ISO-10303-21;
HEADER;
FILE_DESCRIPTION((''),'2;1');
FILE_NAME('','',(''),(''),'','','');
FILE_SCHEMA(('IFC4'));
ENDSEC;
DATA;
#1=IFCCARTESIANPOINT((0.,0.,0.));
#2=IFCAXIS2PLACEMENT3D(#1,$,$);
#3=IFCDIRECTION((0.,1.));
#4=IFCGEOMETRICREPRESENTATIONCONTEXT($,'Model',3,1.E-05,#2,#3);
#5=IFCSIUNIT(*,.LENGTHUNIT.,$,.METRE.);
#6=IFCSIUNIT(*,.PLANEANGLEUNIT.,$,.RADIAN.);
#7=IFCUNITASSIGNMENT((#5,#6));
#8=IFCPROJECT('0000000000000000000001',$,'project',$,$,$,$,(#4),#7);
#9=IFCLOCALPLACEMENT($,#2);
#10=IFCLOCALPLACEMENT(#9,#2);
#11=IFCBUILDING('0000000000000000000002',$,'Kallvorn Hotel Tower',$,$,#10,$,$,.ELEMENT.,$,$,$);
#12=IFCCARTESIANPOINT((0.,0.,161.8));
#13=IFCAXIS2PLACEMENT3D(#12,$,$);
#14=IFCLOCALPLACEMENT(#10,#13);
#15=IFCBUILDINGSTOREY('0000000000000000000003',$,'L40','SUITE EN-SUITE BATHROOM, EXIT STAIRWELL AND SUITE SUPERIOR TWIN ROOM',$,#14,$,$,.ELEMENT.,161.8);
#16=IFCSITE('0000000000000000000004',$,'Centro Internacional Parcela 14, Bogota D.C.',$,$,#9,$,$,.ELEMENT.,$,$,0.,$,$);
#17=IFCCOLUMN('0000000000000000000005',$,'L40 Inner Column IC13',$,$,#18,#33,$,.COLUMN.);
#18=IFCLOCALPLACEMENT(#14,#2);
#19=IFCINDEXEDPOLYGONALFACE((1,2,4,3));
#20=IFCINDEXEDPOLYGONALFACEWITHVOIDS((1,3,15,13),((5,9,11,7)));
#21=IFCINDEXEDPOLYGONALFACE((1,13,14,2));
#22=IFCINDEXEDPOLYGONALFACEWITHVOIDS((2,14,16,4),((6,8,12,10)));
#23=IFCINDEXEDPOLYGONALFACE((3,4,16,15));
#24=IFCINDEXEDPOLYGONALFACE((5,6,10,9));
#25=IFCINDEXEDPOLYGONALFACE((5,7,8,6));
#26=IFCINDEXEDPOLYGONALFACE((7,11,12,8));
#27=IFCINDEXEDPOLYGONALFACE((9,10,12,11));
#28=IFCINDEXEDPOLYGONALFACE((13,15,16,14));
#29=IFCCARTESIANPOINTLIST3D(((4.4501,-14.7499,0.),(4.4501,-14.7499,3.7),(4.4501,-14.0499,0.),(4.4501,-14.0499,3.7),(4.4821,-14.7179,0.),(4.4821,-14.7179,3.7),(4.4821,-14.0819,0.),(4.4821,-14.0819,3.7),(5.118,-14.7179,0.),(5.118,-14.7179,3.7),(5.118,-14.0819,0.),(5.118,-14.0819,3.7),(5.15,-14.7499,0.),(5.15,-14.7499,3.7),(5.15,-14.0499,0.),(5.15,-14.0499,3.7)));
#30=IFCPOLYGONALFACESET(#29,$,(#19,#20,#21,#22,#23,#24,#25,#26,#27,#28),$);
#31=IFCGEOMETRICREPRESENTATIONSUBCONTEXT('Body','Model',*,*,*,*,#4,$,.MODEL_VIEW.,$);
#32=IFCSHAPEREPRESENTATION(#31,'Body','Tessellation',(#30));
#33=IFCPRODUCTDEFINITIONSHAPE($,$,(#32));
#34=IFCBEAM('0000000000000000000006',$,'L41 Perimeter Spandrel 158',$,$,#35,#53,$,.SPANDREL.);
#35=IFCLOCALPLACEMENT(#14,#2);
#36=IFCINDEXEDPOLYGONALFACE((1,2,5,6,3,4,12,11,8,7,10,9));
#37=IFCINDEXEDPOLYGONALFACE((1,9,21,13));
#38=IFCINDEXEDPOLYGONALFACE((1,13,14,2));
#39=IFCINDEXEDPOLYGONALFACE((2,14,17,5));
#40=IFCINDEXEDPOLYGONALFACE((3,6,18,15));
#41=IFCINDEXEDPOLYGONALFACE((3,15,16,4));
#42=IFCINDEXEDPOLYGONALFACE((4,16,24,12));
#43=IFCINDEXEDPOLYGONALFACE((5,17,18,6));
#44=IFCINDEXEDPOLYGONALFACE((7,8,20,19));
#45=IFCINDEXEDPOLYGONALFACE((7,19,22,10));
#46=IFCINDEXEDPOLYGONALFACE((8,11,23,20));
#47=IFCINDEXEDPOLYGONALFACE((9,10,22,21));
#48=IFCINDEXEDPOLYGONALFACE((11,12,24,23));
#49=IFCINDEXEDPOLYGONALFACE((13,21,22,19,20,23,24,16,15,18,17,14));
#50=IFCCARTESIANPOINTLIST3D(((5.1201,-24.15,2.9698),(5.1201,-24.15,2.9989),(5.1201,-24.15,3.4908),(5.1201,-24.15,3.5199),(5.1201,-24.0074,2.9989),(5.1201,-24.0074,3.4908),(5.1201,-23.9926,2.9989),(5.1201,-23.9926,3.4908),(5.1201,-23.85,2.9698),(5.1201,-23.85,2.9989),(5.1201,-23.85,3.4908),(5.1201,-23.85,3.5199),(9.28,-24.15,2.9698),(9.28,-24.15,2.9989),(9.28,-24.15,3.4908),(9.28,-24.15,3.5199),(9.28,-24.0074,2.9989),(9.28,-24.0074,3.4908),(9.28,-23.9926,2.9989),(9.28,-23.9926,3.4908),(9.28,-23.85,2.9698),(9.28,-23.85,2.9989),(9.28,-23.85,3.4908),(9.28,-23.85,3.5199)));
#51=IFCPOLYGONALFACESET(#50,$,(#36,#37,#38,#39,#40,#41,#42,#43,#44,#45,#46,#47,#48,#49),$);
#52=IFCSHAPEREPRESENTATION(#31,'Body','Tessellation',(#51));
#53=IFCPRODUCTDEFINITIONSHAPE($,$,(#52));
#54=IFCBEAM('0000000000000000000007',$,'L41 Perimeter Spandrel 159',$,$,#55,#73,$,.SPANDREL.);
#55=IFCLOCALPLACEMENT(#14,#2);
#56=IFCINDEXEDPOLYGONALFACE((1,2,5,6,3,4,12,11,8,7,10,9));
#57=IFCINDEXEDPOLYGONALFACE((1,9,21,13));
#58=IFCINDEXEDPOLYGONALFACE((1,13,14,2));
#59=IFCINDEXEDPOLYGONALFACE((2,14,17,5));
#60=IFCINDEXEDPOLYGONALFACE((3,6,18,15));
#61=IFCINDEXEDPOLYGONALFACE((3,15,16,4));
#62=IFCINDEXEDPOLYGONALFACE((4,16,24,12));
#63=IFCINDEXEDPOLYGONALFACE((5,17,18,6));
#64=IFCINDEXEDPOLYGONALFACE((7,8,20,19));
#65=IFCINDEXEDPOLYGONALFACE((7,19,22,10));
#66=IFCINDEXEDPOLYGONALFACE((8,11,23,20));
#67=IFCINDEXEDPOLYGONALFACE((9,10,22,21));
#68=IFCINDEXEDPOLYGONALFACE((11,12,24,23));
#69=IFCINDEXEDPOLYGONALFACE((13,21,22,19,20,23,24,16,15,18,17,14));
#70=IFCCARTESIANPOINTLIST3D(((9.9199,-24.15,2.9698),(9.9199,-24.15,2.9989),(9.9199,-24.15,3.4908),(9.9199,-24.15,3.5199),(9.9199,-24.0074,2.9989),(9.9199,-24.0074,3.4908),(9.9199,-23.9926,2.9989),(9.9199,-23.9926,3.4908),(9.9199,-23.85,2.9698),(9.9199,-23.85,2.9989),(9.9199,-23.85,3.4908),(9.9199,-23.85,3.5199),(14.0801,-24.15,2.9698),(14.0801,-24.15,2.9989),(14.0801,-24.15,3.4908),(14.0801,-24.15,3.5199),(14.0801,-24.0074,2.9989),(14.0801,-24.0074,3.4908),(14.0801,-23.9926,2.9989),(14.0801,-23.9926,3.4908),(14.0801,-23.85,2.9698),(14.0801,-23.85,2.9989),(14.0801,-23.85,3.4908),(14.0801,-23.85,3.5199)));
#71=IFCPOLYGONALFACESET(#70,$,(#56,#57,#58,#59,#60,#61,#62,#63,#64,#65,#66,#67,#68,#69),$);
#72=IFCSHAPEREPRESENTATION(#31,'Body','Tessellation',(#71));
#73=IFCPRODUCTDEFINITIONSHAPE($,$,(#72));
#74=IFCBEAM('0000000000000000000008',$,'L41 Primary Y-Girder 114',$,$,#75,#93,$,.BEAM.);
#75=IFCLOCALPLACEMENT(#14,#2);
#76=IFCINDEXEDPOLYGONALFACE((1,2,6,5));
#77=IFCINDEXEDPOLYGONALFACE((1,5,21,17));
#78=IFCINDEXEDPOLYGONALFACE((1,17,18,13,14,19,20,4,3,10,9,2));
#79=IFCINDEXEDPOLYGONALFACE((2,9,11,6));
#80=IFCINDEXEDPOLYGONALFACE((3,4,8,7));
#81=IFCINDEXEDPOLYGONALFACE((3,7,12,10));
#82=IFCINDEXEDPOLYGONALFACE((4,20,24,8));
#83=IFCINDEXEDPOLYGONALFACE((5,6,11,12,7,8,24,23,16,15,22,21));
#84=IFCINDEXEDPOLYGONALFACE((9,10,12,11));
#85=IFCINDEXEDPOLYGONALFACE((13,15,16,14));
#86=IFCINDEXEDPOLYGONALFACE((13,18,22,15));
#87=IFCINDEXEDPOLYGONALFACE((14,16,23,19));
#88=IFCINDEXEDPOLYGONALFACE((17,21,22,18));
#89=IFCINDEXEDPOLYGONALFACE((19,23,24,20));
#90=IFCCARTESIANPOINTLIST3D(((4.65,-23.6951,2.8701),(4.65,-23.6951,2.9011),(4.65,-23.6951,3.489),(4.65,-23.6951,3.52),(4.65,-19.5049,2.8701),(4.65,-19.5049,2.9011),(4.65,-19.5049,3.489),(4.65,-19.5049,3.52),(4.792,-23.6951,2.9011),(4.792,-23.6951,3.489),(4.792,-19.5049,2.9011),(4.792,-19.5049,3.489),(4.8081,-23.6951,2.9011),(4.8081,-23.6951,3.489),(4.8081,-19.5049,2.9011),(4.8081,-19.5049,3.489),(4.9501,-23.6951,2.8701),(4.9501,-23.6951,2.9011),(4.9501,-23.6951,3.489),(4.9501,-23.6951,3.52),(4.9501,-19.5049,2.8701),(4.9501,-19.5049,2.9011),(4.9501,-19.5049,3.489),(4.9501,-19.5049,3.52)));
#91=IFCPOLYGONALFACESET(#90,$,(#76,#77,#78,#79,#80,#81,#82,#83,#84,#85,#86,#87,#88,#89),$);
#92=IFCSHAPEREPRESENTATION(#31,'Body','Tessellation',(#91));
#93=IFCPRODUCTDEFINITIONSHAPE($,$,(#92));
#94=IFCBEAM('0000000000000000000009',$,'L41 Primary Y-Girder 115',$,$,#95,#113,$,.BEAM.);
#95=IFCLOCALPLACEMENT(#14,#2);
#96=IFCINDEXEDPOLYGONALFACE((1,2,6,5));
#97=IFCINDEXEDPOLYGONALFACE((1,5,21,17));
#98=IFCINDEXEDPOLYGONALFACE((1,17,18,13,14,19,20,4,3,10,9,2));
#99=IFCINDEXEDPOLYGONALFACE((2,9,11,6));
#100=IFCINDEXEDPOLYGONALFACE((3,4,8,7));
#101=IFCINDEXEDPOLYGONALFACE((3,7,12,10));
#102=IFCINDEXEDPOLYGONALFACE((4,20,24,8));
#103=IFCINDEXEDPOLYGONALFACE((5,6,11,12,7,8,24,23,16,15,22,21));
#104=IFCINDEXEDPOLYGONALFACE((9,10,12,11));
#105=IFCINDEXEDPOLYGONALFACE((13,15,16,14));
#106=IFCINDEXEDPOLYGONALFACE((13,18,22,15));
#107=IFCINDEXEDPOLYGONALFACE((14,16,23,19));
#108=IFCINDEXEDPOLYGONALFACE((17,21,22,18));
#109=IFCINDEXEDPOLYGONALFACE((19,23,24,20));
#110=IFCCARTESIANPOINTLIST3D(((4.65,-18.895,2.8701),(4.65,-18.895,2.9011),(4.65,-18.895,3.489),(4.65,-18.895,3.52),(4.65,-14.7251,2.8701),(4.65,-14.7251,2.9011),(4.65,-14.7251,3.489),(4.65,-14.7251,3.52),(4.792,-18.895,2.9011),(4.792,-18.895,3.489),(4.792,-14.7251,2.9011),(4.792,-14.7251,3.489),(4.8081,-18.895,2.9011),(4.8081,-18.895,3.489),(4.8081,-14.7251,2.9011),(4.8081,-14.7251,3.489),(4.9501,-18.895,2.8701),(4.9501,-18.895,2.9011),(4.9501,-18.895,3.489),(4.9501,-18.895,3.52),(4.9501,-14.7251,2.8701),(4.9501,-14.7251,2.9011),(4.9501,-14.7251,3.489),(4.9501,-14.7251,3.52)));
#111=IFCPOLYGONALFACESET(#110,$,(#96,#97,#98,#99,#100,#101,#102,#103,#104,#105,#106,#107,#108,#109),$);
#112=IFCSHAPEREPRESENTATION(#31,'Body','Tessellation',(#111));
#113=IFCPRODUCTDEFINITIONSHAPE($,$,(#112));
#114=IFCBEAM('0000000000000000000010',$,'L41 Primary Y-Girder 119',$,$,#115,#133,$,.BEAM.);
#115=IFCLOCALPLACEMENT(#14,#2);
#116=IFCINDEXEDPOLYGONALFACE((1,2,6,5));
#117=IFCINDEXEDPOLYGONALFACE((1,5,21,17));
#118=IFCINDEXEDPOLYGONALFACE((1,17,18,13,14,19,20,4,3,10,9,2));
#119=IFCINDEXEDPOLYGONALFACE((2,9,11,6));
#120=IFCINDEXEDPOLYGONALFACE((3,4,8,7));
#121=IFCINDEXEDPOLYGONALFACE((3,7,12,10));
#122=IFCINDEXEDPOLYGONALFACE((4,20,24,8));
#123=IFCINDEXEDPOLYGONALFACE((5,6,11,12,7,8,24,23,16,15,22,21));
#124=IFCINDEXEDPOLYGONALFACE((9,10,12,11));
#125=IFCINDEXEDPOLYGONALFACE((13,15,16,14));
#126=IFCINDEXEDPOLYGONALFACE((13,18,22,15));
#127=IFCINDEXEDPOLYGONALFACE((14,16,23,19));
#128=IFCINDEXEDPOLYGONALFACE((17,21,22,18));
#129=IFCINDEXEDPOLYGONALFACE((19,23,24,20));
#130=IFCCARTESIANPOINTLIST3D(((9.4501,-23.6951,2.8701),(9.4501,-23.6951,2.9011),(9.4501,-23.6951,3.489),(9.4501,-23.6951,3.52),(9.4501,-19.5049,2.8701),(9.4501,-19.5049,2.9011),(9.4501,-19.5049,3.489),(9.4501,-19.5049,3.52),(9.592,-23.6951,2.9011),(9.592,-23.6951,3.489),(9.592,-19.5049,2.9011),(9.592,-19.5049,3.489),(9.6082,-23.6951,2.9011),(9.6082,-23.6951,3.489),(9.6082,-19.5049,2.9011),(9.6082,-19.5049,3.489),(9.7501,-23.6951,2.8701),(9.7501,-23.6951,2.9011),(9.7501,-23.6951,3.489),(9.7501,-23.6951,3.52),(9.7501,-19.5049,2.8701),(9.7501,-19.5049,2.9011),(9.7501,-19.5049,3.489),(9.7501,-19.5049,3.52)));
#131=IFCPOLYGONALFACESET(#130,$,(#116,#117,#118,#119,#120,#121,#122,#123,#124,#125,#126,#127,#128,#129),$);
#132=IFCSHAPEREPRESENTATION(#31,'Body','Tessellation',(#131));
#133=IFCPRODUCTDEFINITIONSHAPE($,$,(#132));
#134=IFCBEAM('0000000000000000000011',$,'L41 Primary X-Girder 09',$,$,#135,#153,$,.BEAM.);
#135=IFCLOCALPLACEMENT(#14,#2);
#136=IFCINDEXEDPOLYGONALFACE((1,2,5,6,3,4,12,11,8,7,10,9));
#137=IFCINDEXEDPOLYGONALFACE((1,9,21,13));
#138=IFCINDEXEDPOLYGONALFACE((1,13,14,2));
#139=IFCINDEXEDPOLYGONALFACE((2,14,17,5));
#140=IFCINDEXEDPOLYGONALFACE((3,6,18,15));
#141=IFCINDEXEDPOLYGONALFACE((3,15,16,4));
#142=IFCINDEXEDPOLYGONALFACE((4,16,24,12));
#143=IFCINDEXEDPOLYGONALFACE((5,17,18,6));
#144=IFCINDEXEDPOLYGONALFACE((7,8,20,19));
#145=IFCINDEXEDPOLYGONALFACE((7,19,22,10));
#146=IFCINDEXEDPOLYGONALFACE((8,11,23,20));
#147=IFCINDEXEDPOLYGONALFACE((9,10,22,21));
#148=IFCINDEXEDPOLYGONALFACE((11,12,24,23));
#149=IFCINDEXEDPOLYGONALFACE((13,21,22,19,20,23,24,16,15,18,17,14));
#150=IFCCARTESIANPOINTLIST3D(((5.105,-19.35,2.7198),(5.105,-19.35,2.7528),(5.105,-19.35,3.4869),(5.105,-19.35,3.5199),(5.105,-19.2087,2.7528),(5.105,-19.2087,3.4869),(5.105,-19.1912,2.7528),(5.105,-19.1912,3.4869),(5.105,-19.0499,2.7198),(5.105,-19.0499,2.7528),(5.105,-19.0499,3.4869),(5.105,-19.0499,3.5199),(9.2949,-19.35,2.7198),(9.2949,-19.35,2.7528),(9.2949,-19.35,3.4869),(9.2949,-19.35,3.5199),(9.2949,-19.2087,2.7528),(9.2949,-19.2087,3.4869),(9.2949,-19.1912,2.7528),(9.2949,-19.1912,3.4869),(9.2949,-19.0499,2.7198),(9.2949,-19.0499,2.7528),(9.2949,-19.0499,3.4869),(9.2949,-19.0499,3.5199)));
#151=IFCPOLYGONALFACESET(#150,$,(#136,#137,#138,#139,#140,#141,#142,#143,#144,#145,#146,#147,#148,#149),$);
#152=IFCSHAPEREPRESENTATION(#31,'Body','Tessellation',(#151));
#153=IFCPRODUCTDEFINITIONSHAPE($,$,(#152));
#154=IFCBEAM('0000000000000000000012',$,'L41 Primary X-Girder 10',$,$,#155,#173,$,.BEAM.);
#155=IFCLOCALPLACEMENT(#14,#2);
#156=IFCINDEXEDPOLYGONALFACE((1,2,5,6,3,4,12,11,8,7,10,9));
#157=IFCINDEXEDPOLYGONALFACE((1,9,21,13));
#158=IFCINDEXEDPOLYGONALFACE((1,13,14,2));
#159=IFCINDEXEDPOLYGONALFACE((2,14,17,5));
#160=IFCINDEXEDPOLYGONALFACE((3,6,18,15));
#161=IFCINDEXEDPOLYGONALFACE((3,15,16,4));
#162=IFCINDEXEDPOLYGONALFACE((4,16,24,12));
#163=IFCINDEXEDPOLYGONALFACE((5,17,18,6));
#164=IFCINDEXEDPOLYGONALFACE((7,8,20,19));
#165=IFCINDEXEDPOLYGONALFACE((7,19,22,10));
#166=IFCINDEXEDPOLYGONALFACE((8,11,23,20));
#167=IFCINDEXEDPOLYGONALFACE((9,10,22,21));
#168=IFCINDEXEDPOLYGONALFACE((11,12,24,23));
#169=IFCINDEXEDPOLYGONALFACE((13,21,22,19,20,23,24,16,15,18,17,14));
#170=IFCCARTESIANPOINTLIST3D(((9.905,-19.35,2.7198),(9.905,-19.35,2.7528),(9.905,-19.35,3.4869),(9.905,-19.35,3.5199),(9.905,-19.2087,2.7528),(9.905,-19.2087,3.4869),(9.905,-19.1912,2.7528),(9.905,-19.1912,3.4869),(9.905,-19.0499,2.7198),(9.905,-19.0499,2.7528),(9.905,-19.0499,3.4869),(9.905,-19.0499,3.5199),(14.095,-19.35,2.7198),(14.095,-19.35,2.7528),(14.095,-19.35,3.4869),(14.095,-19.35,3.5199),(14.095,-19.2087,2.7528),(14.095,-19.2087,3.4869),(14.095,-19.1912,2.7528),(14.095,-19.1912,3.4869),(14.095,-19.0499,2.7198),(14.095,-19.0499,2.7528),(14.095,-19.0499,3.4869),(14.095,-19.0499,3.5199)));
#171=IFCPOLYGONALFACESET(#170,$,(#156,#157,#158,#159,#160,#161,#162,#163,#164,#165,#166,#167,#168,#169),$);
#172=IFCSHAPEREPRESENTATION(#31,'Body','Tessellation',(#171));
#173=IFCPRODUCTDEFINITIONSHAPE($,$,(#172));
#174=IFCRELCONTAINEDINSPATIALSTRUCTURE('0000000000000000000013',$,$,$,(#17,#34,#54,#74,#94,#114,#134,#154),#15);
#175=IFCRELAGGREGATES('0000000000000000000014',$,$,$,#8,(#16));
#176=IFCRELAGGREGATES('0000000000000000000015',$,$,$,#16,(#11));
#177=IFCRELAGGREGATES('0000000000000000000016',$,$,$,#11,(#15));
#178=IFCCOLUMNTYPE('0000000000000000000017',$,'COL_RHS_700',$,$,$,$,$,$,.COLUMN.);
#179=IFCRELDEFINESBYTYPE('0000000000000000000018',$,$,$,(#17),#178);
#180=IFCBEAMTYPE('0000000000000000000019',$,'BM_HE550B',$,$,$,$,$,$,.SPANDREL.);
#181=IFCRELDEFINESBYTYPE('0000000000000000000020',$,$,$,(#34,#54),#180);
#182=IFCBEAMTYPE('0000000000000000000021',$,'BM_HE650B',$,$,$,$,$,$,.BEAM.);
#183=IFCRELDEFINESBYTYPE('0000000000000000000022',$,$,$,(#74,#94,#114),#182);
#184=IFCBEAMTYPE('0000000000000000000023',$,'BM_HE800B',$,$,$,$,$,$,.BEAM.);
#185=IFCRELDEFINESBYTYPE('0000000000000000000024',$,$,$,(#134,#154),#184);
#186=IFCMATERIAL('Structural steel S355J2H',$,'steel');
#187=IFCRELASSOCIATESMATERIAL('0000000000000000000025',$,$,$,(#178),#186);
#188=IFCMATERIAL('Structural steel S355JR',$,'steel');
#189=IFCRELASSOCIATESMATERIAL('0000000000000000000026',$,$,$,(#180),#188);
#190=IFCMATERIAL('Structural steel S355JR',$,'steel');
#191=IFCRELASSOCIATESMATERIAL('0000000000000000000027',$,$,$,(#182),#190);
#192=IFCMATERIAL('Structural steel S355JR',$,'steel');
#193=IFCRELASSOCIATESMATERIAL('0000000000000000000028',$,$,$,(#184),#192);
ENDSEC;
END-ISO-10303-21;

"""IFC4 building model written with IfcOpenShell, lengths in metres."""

from ifc_helpers import new_model, si_unit, direction, frame, origin, origin_2d, place, context, subcontext, project, spatial, hollow_rectangle, i_section, extrude, material, material_profile, profile_set, type_object, element, save


model = new_model("IFC4")

# Units and contexts
model_context = context("Model", 3, precision=1e-05, world=origin(), true_north=direction((0.0, 1.0)))
body_context = subcontext(model_context, "Body", "Model", "MODEL_VIEW")
ifc_project = project(units=[si_unit("LENGTHUNIT", "METRE"), si_unit("PLANEANGLEUNIT", "RADIAN")], contexts=[model_context])

# Site, building, storey
site_placement = place(None, origin())
site = spatial("IfcSite", under=ifc_project, at=site_placement, Name="Centro Internacional Parcela 14, Bogota D.C.", CompositionType="ELEMENT", RefElevation=0.0)
building_placement = place(site_placement, origin())
building = spatial("IfcBuilding", under=site, at=building_placement, Name="Kallvorn Hotel Tower", CompositionType="ELEMENT")
storey_placement = place(building_placement, frame((0.0, 0.0, 161.8)))
storey = spatial("IfcBuildingStorey", under=building, at=storey_placement, Name="L40", Description="SUITE EN-SUITE BATHROOM, EXIT STAIRWELL AND SUITE SUPERIOR TWIN ROOM", CompositionType="ELEMENT", Elevation=161.8)

# Column
ifc_material_1 = material(Name="Structural steel S355J2H", Category="steel")
ifc_material_profile_1 = material_profile(ifc_material_1, hollow_rectangle(XDim=0.7, YDim=0.7, WallThickness=0.032, at=origin_2d()), Name="RHS 700x700x32")
ifc_profile_set_1 = profile_set([ifc_material_profile_1], Name="Structural steel S355J2H")
column_type_1 = type_object("IfcColumnType", Name="COL_RHS_700", PredefinedType="COLUMN", material=ifc_profile_set_1)
column_placement = place(storey_placement, frame((4.8, -14.3999, 0.0), z_axis=(0.0, 0.0, 1.0), x_axis=(1.0, 0.0, 0.0)))
element("IfcColumn", 1, at=column_placement, inside=storey, type_object=column_type_1, Name="L40 Inner Column IC13", PredefinedType="COLUMN", context=body_context, shape_type="SweptSolid", body=[
    extrude(hollow_rectangle(XDim=0.7, YDim=0.7, WallThickness=0.032, at=origin_2d()), origin(), (0.0, 0.0, 1.0), 3.7),
])

# Beams
ifc_material_2 = material(Name="Structural steel S355JR", Category="steel")
ifc_material_profile_2 = material_profile(ifc_material_2, i_section(OverallWidth=0.3, OverallDepth=0.55, WebThickness=0.0149, FlangeThickness=0.0291, at=origin_2d()), Name="HE 550 B")
ifc_profile_set_2 = profile_set([ifc_material_profile_2], Name="Structural steel S355JR")
beam_type_1 = type_object("IfcBeamType", Name="BM_HE550B", PredefinedType="SPANDREL", material=ifc_profile_set_2)
beam_1_placement = place(storey_placement, frame((5.1201, -24.0, 3.2449), z_axis=(1.0, 0.0, 0.0), x_axis=(0.0, 1.0, 0.0)))
element("IfcBeam", 2, at=beam_1_placement, inside=storey, type_object=beam_type_1, Name="L41 Perimeter Spandrel 158", PredefinedType="SPANDREL", context=body_context, shape_type="SweptSolid", body=[
    extrude(i_section(OverallWidth=0.3, OverallDepth=0.55, WebThickness=0.0149, FlangeThickness=0.0291, at=origin_2d()), origin(), (0.0, 0.0, 1.0), 4.1599),
])
beam_2_placement = place(storey_placement, frame((9.9199, -24.0, 3.2449), z_axis=(1.0, 0.0, 0.0), x_axis=(0.0, 1.0, 0.0)))
element("IfcBeam", 3, at=beam_2_placement, inside=storey, type_object=beam_type_1, Name="L41 Perimeter Spandrel 159", PredefinedType="SPANDREL", context=body_context, shape_type="SweptSolid", body=[
    extrude(i_section(OverallWidth=0.3, OverallDepth=0.55, WebThickness=0.0149, FlangeThickness=0.0291, at=origin_2d()), origin(), (0.0, 0.0, 1.0), 4.1602),
])
ifc_material_3 = material(Name="Structural steel S355JR", Category="steel")
ifc_material_profile_3 = material_profile(ifc_material_3, i_section(OverallWidth=0.3, OverallDepth=0.6499, WebThickness=0.0161, FlangeThickness=0.031, at=origin_2d()), Name="HE 650 B")
ifc_profile_set_3 = profile_set([ifc_material_profile_3], Name="Structural steel S355JR")
beam_type_2 = type_object("IfcBeamType", Name="BM_HE650B", PredefinedType="BEAM", material=ifc_profile_set_3)
beam_3_placement = place(storey_placement, frame((4.8, -23.6951, 3.1951), z_axis=(0.0, 1.0, 0.0), x_axis=(-1.0, 0.0, 0.0)))
element("IfcBeam", 4, at=beam_3_placement, inside=storey, type_object=beam_type_2, Name="L41 Primary Y-Girder 114", PredefinedType="BEAM", context=body_context, shape_type="SweptSolid", body=[
    extrude(i_section(OverallWidth=0.3, OverallDepth=0.6499, WebThickness=0.0161, FlangeThickness=0.031, at=origin_2d()), origin(), (0.0, 0.0, 1.0), 4.1902),
])
beam_4_placement = place(storey_placement, frame((4.8, -18.895, 3.1951), z_axis=(0.0, 1.0, 0.0), x_axis=(-1.0, 0.0, 0.0)))
element("IfcBeam", 5, at=beam_4_placement, inside=storey, type_object=beam_type_2, Name="L41 Primary Y-Girder 115", PredefinedType="BEAM", context=body_context, shape_type="SweptSolid", body=[
    extrude(i_section(OverallWidth=0.3, OverallDepth=0.6499, WebThickness=0.0161, FlangeThickness=0.031, at=origin_2d()), origin(), (0.0, 0.0, 1.0), 4.1699),
])
beam_5_placement = place(storey_placement, frame((9.6001, -23.6951, 3.1951), z_axis=(0.0, 1.0, 0.0), x_axis=(-1.0, 0.0, 0.0)))
element("IfcBeam", 6, at=beam_5_placement, inside=storey, type_object=beam_type_2, Name="L41 Primary Y-Girder 119", PredefinedType="BEAM", context=body_context, shape_type="SweptSolid", body=[
    extrude(i_section(OverallWidth=0.3, OverallDepth=0.6499, WebThickness=0.0161, FlangeThickness=0.031, at=origin_2d()), origin(), (0.0, 0.0, 1.0), 4.1902),
])
ifc_material_4 = material(Name="Structural steel S355JR", Category="steel")
ifc_material_profile_4 = material_profile(ifc_material_4, i_section(OverallWidth=0.3, OverallDepth=0.8, WebThickness=0.0176, FlangeThickness=0.033, at=origin_2d()), Name="HE 800 B")
ifc_profile_set_4 = profile_set([ifc_material_profile_4], Name="Structural steel S355JR")
beam_type_3 = type_object("IfcBeamType", Name="BM_HE800B", PredefinedType="BEAM", material=ifc_profile_set_4)
for number, where, z_axis, x_axis, name in (
    (7, (5.105, -19.2, 3.1199), (1.0, 0.0, 0.0), (0.0, 1.0, 0.0), "L41 Primary X-Girder 09"),
    (8, (9.905, -19.2, 3.1199), (1.0, 0.0, 0.0), (0.0, 1.0, 0.0), "L41 Primary X-Girder 10"),
):
    element("IfcBeam", number, at=place(storey_placement, frame(where, z_axis=z_axis, x_axis=x_axis)), inside=storey, type_object=beam_type_3, Name=name, PredefinedType="BEAM", context=body_context, shape_type="SweptSolid", body=[
        extrude(i_section(OverallWidth=0.3, OverallDepth=0.8, WebThickness=0.0176, FlangeThickness=0.033, at=origin_2d()), origin(), (0.0, 0.0, 1.0), 4.1899),
    ])

save(model, "model.ifc")
